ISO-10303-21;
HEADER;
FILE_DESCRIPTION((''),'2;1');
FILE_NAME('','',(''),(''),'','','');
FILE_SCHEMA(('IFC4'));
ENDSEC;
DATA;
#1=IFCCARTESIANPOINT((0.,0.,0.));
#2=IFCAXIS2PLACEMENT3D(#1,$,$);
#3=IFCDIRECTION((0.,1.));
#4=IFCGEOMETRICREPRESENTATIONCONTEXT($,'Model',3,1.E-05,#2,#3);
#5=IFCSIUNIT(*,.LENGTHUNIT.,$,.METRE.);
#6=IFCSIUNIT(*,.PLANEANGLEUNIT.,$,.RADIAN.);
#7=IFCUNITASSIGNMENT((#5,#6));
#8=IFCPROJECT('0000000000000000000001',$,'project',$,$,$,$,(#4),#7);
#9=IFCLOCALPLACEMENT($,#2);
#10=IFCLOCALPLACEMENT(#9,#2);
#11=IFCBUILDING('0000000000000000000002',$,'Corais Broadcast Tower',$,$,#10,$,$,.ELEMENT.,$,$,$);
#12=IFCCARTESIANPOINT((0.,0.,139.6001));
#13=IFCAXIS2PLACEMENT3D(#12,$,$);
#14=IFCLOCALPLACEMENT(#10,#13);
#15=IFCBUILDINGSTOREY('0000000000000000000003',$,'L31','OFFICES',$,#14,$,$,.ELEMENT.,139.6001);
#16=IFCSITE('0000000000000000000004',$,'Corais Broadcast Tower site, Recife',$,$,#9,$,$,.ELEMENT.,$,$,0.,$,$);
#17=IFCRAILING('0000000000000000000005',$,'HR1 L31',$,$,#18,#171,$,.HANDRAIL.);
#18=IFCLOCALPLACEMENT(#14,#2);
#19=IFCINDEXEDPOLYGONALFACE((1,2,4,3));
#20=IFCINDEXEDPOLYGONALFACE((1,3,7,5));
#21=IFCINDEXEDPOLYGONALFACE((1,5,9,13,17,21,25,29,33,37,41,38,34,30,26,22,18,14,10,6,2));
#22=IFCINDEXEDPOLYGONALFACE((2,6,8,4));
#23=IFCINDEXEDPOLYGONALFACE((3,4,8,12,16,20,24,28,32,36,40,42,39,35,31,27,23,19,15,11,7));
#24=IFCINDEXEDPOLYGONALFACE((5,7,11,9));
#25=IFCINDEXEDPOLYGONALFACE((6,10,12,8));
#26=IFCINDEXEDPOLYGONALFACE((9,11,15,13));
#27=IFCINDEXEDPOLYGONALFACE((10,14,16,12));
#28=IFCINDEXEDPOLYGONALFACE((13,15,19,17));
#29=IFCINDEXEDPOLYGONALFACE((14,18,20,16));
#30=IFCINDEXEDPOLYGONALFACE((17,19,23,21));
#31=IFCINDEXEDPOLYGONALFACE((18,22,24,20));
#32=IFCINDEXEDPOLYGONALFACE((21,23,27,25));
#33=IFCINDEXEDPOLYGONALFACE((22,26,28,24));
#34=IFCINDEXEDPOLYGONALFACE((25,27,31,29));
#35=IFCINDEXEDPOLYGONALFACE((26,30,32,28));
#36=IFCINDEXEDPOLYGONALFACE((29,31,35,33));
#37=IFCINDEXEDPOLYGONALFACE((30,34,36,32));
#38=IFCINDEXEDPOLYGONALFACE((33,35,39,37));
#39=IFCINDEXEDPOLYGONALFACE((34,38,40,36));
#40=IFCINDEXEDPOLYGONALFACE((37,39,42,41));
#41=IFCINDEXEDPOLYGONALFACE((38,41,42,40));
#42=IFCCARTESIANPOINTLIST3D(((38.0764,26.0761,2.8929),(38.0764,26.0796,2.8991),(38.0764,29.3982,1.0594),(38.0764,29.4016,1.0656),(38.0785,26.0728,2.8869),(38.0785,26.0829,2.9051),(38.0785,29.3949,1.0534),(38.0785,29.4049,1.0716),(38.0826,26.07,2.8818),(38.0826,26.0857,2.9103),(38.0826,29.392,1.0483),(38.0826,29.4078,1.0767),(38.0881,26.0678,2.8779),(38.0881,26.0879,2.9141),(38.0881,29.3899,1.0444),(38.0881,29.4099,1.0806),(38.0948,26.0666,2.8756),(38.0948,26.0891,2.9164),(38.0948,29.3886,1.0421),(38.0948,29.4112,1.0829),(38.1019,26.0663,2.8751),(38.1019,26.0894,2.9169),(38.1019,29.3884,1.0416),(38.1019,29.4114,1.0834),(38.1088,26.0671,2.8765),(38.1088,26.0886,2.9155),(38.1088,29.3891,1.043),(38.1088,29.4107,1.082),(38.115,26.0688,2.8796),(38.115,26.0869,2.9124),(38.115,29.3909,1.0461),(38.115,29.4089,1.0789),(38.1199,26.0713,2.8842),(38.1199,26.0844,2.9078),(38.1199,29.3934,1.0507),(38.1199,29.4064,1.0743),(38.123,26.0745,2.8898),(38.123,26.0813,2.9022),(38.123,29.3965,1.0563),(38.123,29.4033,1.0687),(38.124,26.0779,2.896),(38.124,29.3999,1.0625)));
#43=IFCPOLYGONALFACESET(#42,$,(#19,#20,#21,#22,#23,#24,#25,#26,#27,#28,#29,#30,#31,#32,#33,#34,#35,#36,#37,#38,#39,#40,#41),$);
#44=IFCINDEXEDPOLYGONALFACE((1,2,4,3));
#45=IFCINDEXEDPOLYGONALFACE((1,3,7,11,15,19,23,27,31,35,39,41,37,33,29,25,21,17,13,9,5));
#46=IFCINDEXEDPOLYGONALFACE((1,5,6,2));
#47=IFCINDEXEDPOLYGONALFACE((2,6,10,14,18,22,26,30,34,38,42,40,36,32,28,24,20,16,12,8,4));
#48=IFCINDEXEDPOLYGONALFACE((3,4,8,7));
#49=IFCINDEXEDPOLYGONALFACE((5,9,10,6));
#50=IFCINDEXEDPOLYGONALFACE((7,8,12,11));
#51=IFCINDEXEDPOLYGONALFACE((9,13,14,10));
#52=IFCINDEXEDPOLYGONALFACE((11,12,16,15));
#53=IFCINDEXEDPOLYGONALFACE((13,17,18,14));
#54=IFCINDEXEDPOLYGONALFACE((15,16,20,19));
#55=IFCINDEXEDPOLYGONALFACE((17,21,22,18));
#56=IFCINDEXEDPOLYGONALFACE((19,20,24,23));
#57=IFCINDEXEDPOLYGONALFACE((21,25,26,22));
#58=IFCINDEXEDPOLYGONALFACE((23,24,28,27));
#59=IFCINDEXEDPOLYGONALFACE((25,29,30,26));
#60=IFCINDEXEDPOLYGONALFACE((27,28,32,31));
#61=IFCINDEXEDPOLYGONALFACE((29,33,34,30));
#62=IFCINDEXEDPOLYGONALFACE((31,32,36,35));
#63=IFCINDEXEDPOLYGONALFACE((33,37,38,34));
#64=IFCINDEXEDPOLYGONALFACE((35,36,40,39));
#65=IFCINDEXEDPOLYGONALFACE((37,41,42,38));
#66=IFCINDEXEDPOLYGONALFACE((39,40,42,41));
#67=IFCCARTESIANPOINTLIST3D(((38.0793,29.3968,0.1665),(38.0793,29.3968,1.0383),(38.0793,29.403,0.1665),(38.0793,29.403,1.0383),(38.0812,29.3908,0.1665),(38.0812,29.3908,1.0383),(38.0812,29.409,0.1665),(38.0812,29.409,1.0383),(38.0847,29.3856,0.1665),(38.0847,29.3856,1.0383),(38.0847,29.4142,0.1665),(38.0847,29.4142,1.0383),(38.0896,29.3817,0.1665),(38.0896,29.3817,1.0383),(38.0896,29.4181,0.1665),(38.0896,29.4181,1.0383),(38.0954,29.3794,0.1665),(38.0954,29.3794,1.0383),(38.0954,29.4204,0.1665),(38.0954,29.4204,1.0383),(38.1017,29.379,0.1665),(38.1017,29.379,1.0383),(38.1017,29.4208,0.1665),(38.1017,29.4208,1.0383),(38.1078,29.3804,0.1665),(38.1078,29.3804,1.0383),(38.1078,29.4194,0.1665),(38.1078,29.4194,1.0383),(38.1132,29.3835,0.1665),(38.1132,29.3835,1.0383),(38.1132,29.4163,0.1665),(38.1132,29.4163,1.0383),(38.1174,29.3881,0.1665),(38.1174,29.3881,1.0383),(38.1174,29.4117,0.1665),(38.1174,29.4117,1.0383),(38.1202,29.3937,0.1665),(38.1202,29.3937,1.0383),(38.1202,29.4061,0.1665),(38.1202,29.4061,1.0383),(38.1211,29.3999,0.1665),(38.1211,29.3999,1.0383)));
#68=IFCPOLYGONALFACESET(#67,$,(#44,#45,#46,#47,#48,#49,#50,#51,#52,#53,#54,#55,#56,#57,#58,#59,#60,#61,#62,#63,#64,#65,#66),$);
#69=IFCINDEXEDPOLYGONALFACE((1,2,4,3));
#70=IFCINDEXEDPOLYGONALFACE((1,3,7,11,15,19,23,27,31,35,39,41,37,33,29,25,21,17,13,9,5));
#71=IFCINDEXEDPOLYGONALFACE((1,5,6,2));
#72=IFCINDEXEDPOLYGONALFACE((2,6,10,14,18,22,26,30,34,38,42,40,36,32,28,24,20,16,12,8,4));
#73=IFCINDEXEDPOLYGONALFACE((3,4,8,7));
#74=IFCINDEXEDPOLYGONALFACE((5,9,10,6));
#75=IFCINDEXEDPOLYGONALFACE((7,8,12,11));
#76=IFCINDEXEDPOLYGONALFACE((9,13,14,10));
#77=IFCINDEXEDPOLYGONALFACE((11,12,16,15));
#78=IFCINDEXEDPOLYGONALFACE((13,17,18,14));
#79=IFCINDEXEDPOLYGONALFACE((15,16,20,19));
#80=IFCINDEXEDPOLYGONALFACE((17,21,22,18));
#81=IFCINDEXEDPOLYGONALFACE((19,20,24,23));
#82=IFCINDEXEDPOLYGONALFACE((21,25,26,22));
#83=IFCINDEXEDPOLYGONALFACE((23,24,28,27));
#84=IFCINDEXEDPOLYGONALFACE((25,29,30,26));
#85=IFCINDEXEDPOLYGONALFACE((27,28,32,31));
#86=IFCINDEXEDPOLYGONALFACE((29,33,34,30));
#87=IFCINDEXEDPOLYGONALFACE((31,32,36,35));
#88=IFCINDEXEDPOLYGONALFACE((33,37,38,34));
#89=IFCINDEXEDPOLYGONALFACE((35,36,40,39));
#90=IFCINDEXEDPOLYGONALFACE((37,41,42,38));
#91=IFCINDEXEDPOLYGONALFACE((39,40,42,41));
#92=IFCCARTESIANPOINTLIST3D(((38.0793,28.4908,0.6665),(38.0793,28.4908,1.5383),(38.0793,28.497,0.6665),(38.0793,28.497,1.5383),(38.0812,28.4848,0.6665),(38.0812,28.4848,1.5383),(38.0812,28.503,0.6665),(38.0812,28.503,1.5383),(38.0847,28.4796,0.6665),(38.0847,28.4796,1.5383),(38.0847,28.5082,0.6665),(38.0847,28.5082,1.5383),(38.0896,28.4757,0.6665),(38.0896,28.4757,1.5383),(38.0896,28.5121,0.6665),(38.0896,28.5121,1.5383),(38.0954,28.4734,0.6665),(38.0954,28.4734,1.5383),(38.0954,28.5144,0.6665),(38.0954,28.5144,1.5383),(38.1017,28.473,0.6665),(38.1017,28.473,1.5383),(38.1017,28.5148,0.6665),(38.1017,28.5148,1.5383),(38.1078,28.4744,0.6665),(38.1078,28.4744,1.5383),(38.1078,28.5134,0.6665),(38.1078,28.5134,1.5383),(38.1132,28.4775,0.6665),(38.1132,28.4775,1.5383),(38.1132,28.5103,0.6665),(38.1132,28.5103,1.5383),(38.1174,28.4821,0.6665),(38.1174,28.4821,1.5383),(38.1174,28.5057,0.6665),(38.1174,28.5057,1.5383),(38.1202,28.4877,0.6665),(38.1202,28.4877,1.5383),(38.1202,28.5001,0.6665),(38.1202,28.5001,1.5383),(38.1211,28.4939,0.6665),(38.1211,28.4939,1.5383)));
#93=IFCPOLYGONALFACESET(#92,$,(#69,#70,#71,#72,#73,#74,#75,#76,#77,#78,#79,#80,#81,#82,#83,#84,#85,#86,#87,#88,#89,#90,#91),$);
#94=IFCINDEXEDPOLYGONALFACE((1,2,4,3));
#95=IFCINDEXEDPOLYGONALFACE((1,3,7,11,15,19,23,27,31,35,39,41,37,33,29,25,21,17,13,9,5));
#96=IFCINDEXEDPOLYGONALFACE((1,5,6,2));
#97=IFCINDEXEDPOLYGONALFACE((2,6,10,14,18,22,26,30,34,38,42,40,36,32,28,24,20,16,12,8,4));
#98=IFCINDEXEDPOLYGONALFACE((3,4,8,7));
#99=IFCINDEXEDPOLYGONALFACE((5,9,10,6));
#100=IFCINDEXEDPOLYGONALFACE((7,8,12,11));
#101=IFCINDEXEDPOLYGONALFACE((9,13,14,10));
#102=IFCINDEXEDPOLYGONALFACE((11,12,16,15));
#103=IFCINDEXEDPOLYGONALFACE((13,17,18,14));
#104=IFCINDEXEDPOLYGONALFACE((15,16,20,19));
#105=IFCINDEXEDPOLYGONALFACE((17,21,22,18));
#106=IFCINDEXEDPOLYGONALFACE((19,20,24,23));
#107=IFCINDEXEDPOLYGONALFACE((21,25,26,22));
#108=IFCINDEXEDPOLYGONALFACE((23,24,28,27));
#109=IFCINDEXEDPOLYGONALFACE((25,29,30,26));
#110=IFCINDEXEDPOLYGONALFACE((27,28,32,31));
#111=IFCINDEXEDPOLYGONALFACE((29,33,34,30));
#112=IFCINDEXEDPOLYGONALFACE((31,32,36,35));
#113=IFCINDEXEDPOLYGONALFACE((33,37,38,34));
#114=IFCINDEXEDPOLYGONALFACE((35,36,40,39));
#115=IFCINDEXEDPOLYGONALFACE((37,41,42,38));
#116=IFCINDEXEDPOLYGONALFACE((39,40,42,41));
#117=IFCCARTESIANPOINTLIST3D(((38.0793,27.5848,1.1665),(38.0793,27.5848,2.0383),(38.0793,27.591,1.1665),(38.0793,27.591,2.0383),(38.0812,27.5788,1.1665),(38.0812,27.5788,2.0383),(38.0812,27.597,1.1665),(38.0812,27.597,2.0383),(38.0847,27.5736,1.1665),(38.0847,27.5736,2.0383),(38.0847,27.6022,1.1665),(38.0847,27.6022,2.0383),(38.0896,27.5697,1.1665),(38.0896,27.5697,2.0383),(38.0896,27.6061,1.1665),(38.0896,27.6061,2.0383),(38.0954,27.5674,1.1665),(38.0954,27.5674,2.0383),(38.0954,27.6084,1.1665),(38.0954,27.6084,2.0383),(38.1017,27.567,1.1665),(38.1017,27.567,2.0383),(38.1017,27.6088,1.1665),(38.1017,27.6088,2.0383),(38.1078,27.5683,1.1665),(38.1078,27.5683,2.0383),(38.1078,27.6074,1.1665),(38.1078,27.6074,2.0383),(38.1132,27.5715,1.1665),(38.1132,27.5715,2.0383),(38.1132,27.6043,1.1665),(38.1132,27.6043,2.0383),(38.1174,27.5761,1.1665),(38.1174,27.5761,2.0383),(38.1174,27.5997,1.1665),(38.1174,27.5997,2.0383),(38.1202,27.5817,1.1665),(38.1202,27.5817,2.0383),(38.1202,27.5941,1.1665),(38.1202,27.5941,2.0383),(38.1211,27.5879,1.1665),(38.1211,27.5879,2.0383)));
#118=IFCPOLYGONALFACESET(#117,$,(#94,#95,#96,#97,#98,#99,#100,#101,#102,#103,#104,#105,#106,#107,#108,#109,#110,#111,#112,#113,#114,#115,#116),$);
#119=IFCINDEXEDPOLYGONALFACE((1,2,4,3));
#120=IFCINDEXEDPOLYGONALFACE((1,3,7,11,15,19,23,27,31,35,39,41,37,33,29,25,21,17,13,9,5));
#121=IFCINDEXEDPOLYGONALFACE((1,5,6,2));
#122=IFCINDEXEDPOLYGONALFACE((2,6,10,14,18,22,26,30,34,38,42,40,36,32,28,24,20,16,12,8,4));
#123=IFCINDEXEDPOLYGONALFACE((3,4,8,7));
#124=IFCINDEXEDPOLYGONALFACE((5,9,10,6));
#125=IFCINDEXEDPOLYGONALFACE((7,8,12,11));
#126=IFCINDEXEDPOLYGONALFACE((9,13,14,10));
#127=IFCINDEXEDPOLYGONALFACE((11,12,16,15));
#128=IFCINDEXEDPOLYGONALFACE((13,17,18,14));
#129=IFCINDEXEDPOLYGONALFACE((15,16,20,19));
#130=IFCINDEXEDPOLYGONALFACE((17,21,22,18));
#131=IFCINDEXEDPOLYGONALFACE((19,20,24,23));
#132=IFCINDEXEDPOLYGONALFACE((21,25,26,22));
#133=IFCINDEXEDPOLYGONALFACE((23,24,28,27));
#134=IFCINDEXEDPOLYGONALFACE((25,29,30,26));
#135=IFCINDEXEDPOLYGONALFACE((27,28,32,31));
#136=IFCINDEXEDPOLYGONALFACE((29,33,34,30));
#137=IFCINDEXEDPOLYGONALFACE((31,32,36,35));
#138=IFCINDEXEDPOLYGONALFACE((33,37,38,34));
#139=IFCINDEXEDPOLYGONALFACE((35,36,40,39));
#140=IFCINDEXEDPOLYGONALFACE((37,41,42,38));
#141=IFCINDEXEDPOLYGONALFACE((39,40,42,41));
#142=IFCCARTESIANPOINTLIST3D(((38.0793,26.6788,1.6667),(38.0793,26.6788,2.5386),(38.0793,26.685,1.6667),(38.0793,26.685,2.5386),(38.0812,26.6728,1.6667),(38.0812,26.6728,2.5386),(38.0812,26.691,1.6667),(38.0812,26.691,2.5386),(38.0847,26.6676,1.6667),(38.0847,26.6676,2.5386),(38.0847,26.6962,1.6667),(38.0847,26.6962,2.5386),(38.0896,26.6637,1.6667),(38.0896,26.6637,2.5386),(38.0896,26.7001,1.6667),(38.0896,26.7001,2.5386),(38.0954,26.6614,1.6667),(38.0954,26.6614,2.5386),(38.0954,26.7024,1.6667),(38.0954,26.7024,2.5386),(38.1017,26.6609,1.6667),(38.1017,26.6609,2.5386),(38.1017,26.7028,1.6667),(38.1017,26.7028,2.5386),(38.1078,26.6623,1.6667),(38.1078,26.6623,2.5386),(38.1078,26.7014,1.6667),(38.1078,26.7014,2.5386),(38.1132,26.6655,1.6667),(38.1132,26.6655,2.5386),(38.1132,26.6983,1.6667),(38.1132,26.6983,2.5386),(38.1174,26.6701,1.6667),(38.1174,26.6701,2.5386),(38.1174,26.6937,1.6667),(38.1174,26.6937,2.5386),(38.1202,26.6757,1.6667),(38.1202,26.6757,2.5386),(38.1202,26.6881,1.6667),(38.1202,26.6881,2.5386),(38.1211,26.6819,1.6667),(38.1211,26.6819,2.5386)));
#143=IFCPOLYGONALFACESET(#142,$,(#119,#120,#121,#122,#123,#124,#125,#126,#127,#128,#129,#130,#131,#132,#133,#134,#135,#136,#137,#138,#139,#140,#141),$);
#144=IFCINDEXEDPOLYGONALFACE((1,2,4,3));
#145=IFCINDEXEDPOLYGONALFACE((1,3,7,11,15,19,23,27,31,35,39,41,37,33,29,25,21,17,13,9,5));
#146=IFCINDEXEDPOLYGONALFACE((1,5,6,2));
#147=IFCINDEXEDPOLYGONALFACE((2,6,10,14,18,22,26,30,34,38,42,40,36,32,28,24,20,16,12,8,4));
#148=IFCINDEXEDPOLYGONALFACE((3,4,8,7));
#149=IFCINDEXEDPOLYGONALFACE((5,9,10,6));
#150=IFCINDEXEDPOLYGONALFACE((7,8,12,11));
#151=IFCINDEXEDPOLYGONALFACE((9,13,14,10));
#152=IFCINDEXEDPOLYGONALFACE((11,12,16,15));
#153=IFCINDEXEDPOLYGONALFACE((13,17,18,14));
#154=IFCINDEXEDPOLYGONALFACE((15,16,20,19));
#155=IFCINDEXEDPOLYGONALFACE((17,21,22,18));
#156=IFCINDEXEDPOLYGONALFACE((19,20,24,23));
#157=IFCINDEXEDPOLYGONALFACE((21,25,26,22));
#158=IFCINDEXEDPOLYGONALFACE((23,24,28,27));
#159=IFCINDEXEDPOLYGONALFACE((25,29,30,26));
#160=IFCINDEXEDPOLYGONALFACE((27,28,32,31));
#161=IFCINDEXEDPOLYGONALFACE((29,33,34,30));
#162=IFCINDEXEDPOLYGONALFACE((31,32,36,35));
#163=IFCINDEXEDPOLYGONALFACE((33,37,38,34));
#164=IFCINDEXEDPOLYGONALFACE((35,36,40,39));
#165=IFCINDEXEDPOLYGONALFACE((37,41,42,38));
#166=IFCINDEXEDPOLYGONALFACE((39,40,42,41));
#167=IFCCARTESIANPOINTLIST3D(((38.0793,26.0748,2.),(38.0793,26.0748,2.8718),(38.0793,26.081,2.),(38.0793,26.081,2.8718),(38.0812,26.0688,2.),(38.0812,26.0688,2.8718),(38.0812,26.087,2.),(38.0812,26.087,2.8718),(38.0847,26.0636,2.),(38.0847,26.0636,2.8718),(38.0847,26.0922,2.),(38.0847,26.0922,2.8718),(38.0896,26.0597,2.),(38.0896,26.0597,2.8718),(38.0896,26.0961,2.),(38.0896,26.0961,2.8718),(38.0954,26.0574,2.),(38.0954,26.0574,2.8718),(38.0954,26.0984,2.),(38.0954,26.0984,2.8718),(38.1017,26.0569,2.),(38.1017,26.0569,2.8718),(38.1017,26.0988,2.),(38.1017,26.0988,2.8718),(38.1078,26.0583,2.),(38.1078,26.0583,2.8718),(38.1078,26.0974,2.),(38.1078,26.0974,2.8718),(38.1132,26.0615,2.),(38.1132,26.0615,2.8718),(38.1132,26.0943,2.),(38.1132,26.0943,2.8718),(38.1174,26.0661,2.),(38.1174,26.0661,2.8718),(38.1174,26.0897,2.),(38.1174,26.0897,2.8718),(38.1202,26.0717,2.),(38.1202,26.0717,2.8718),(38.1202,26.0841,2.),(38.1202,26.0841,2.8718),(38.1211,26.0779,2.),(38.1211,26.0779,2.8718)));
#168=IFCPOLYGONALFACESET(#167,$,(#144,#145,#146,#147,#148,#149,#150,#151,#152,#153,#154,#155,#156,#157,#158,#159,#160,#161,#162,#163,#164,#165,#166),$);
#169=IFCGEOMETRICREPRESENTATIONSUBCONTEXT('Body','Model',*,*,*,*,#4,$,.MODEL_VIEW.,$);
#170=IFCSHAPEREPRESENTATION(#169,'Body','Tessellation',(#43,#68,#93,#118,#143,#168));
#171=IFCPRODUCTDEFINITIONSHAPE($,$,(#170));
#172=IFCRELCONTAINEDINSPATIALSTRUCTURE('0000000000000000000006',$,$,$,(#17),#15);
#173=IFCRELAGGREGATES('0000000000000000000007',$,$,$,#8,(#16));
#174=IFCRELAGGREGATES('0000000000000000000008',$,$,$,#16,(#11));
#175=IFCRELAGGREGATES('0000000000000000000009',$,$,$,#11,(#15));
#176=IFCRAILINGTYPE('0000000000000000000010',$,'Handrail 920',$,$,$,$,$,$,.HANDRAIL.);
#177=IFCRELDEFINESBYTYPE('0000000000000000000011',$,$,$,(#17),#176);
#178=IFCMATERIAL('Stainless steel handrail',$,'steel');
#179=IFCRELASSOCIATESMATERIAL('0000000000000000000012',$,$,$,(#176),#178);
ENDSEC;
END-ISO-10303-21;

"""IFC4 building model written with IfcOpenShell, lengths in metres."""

from ifc_helpers import new_model, si_unit, direction, frame, origin, origin_2d, place, context, subcontext, project, spatial, circle, extrude, material, type_object, element, save


model = new_model("IFC4")

# Units and contexts
model_context = context("Model", 3, precision=1e-05, world=origin(), true_north=direction((0.0, 1.0)))
body_context = subcontext(model_context, "Body", "Model", "MODEL_VIEW")
ifc_project = project(units=[si_unit("LENGTHUNIT", "METRE"), si_unit("PLANEANGLEUNIT", "RADIAN")], contexts=[model_context])

# Site, building, storey
site_placement = place(None, origin())
site = spatial("IfcSite", under=ifc_project, at=site_placement, Name="Corais Broadcast Tower site, Recife", CompositionType="ELEMENT", RefElevation=0.0)
building_placement = place(site_placement, origin())
building = spatial("IfcBuilding", under=site, at=building_placement, Name="Corais Broadcast Tower", CompositionType="ELEMENT")
storey_placement = place(building_placement, frame((0.0, 0.0, 139.6001)))
storey = spatial("IfcBuildingStorey", under=building, at=storey_placement, Name="L31", Description="OFFICES", CompositionType="ELEMENT", Elevation=139.6001)

# Railing
ifc_material_1 = material(Name="Stainless steel handrail", Category="steel")
railing_type = type_object("IfcRailingType", Name="Handrail 920", PredefinedType="HANDRAIL", material=ifc_material_1)
for number, where, name in (
    (1, (38.1001, 29.3999, 0.1665), "HR1 L31"),
):
    element("IfcRailing", number, at=place(storey_placement, frame(where)), inside=storey, type_object=railing_type, Name=name, PredefinedType="HANDRAIL", context=body_context, shape_type="SweptSolid", body=[
        extrude(circle(Radius=0.0239, at=origin_2d()), frame((0.0, 0.0, 0.896), z_axis=(0.0, -0.875504, 0.48321), x_axis=(1.0, 0.0, 0.0)), (0.0, 0.0, 1.0), 3.7944),
        extrude(circle(Radius=0.021, at=origin_2d()), origin(), (0.0, 0.0, 1.0), 0.8718),
        extrude(circle(Radius=0.021, at=origin_2d()), frame((0.0, -0.906, 0.5)), (0.0, 0.0, 1.0), 0.8718),
        extrude(circle(Radius=0.021, at=origin_2d()), frame((0.0, -1.812, 1.0)), (0.0, 0.0, 1.0), 0.8718),
        extrude(circle(Radius=0.021, at=origin_2d()), frame((0.0, -2.718, 1.5002)), (0.0, 0.0, 1.0), 0.8718),
        extrude(circle(Radius=0.021, at=origin_2d()), frame((0.0, -3.322, 1.8335)), (0.0, 0.0, 1.0), 0.8718),
    ])

save(model, "model.ifc")
